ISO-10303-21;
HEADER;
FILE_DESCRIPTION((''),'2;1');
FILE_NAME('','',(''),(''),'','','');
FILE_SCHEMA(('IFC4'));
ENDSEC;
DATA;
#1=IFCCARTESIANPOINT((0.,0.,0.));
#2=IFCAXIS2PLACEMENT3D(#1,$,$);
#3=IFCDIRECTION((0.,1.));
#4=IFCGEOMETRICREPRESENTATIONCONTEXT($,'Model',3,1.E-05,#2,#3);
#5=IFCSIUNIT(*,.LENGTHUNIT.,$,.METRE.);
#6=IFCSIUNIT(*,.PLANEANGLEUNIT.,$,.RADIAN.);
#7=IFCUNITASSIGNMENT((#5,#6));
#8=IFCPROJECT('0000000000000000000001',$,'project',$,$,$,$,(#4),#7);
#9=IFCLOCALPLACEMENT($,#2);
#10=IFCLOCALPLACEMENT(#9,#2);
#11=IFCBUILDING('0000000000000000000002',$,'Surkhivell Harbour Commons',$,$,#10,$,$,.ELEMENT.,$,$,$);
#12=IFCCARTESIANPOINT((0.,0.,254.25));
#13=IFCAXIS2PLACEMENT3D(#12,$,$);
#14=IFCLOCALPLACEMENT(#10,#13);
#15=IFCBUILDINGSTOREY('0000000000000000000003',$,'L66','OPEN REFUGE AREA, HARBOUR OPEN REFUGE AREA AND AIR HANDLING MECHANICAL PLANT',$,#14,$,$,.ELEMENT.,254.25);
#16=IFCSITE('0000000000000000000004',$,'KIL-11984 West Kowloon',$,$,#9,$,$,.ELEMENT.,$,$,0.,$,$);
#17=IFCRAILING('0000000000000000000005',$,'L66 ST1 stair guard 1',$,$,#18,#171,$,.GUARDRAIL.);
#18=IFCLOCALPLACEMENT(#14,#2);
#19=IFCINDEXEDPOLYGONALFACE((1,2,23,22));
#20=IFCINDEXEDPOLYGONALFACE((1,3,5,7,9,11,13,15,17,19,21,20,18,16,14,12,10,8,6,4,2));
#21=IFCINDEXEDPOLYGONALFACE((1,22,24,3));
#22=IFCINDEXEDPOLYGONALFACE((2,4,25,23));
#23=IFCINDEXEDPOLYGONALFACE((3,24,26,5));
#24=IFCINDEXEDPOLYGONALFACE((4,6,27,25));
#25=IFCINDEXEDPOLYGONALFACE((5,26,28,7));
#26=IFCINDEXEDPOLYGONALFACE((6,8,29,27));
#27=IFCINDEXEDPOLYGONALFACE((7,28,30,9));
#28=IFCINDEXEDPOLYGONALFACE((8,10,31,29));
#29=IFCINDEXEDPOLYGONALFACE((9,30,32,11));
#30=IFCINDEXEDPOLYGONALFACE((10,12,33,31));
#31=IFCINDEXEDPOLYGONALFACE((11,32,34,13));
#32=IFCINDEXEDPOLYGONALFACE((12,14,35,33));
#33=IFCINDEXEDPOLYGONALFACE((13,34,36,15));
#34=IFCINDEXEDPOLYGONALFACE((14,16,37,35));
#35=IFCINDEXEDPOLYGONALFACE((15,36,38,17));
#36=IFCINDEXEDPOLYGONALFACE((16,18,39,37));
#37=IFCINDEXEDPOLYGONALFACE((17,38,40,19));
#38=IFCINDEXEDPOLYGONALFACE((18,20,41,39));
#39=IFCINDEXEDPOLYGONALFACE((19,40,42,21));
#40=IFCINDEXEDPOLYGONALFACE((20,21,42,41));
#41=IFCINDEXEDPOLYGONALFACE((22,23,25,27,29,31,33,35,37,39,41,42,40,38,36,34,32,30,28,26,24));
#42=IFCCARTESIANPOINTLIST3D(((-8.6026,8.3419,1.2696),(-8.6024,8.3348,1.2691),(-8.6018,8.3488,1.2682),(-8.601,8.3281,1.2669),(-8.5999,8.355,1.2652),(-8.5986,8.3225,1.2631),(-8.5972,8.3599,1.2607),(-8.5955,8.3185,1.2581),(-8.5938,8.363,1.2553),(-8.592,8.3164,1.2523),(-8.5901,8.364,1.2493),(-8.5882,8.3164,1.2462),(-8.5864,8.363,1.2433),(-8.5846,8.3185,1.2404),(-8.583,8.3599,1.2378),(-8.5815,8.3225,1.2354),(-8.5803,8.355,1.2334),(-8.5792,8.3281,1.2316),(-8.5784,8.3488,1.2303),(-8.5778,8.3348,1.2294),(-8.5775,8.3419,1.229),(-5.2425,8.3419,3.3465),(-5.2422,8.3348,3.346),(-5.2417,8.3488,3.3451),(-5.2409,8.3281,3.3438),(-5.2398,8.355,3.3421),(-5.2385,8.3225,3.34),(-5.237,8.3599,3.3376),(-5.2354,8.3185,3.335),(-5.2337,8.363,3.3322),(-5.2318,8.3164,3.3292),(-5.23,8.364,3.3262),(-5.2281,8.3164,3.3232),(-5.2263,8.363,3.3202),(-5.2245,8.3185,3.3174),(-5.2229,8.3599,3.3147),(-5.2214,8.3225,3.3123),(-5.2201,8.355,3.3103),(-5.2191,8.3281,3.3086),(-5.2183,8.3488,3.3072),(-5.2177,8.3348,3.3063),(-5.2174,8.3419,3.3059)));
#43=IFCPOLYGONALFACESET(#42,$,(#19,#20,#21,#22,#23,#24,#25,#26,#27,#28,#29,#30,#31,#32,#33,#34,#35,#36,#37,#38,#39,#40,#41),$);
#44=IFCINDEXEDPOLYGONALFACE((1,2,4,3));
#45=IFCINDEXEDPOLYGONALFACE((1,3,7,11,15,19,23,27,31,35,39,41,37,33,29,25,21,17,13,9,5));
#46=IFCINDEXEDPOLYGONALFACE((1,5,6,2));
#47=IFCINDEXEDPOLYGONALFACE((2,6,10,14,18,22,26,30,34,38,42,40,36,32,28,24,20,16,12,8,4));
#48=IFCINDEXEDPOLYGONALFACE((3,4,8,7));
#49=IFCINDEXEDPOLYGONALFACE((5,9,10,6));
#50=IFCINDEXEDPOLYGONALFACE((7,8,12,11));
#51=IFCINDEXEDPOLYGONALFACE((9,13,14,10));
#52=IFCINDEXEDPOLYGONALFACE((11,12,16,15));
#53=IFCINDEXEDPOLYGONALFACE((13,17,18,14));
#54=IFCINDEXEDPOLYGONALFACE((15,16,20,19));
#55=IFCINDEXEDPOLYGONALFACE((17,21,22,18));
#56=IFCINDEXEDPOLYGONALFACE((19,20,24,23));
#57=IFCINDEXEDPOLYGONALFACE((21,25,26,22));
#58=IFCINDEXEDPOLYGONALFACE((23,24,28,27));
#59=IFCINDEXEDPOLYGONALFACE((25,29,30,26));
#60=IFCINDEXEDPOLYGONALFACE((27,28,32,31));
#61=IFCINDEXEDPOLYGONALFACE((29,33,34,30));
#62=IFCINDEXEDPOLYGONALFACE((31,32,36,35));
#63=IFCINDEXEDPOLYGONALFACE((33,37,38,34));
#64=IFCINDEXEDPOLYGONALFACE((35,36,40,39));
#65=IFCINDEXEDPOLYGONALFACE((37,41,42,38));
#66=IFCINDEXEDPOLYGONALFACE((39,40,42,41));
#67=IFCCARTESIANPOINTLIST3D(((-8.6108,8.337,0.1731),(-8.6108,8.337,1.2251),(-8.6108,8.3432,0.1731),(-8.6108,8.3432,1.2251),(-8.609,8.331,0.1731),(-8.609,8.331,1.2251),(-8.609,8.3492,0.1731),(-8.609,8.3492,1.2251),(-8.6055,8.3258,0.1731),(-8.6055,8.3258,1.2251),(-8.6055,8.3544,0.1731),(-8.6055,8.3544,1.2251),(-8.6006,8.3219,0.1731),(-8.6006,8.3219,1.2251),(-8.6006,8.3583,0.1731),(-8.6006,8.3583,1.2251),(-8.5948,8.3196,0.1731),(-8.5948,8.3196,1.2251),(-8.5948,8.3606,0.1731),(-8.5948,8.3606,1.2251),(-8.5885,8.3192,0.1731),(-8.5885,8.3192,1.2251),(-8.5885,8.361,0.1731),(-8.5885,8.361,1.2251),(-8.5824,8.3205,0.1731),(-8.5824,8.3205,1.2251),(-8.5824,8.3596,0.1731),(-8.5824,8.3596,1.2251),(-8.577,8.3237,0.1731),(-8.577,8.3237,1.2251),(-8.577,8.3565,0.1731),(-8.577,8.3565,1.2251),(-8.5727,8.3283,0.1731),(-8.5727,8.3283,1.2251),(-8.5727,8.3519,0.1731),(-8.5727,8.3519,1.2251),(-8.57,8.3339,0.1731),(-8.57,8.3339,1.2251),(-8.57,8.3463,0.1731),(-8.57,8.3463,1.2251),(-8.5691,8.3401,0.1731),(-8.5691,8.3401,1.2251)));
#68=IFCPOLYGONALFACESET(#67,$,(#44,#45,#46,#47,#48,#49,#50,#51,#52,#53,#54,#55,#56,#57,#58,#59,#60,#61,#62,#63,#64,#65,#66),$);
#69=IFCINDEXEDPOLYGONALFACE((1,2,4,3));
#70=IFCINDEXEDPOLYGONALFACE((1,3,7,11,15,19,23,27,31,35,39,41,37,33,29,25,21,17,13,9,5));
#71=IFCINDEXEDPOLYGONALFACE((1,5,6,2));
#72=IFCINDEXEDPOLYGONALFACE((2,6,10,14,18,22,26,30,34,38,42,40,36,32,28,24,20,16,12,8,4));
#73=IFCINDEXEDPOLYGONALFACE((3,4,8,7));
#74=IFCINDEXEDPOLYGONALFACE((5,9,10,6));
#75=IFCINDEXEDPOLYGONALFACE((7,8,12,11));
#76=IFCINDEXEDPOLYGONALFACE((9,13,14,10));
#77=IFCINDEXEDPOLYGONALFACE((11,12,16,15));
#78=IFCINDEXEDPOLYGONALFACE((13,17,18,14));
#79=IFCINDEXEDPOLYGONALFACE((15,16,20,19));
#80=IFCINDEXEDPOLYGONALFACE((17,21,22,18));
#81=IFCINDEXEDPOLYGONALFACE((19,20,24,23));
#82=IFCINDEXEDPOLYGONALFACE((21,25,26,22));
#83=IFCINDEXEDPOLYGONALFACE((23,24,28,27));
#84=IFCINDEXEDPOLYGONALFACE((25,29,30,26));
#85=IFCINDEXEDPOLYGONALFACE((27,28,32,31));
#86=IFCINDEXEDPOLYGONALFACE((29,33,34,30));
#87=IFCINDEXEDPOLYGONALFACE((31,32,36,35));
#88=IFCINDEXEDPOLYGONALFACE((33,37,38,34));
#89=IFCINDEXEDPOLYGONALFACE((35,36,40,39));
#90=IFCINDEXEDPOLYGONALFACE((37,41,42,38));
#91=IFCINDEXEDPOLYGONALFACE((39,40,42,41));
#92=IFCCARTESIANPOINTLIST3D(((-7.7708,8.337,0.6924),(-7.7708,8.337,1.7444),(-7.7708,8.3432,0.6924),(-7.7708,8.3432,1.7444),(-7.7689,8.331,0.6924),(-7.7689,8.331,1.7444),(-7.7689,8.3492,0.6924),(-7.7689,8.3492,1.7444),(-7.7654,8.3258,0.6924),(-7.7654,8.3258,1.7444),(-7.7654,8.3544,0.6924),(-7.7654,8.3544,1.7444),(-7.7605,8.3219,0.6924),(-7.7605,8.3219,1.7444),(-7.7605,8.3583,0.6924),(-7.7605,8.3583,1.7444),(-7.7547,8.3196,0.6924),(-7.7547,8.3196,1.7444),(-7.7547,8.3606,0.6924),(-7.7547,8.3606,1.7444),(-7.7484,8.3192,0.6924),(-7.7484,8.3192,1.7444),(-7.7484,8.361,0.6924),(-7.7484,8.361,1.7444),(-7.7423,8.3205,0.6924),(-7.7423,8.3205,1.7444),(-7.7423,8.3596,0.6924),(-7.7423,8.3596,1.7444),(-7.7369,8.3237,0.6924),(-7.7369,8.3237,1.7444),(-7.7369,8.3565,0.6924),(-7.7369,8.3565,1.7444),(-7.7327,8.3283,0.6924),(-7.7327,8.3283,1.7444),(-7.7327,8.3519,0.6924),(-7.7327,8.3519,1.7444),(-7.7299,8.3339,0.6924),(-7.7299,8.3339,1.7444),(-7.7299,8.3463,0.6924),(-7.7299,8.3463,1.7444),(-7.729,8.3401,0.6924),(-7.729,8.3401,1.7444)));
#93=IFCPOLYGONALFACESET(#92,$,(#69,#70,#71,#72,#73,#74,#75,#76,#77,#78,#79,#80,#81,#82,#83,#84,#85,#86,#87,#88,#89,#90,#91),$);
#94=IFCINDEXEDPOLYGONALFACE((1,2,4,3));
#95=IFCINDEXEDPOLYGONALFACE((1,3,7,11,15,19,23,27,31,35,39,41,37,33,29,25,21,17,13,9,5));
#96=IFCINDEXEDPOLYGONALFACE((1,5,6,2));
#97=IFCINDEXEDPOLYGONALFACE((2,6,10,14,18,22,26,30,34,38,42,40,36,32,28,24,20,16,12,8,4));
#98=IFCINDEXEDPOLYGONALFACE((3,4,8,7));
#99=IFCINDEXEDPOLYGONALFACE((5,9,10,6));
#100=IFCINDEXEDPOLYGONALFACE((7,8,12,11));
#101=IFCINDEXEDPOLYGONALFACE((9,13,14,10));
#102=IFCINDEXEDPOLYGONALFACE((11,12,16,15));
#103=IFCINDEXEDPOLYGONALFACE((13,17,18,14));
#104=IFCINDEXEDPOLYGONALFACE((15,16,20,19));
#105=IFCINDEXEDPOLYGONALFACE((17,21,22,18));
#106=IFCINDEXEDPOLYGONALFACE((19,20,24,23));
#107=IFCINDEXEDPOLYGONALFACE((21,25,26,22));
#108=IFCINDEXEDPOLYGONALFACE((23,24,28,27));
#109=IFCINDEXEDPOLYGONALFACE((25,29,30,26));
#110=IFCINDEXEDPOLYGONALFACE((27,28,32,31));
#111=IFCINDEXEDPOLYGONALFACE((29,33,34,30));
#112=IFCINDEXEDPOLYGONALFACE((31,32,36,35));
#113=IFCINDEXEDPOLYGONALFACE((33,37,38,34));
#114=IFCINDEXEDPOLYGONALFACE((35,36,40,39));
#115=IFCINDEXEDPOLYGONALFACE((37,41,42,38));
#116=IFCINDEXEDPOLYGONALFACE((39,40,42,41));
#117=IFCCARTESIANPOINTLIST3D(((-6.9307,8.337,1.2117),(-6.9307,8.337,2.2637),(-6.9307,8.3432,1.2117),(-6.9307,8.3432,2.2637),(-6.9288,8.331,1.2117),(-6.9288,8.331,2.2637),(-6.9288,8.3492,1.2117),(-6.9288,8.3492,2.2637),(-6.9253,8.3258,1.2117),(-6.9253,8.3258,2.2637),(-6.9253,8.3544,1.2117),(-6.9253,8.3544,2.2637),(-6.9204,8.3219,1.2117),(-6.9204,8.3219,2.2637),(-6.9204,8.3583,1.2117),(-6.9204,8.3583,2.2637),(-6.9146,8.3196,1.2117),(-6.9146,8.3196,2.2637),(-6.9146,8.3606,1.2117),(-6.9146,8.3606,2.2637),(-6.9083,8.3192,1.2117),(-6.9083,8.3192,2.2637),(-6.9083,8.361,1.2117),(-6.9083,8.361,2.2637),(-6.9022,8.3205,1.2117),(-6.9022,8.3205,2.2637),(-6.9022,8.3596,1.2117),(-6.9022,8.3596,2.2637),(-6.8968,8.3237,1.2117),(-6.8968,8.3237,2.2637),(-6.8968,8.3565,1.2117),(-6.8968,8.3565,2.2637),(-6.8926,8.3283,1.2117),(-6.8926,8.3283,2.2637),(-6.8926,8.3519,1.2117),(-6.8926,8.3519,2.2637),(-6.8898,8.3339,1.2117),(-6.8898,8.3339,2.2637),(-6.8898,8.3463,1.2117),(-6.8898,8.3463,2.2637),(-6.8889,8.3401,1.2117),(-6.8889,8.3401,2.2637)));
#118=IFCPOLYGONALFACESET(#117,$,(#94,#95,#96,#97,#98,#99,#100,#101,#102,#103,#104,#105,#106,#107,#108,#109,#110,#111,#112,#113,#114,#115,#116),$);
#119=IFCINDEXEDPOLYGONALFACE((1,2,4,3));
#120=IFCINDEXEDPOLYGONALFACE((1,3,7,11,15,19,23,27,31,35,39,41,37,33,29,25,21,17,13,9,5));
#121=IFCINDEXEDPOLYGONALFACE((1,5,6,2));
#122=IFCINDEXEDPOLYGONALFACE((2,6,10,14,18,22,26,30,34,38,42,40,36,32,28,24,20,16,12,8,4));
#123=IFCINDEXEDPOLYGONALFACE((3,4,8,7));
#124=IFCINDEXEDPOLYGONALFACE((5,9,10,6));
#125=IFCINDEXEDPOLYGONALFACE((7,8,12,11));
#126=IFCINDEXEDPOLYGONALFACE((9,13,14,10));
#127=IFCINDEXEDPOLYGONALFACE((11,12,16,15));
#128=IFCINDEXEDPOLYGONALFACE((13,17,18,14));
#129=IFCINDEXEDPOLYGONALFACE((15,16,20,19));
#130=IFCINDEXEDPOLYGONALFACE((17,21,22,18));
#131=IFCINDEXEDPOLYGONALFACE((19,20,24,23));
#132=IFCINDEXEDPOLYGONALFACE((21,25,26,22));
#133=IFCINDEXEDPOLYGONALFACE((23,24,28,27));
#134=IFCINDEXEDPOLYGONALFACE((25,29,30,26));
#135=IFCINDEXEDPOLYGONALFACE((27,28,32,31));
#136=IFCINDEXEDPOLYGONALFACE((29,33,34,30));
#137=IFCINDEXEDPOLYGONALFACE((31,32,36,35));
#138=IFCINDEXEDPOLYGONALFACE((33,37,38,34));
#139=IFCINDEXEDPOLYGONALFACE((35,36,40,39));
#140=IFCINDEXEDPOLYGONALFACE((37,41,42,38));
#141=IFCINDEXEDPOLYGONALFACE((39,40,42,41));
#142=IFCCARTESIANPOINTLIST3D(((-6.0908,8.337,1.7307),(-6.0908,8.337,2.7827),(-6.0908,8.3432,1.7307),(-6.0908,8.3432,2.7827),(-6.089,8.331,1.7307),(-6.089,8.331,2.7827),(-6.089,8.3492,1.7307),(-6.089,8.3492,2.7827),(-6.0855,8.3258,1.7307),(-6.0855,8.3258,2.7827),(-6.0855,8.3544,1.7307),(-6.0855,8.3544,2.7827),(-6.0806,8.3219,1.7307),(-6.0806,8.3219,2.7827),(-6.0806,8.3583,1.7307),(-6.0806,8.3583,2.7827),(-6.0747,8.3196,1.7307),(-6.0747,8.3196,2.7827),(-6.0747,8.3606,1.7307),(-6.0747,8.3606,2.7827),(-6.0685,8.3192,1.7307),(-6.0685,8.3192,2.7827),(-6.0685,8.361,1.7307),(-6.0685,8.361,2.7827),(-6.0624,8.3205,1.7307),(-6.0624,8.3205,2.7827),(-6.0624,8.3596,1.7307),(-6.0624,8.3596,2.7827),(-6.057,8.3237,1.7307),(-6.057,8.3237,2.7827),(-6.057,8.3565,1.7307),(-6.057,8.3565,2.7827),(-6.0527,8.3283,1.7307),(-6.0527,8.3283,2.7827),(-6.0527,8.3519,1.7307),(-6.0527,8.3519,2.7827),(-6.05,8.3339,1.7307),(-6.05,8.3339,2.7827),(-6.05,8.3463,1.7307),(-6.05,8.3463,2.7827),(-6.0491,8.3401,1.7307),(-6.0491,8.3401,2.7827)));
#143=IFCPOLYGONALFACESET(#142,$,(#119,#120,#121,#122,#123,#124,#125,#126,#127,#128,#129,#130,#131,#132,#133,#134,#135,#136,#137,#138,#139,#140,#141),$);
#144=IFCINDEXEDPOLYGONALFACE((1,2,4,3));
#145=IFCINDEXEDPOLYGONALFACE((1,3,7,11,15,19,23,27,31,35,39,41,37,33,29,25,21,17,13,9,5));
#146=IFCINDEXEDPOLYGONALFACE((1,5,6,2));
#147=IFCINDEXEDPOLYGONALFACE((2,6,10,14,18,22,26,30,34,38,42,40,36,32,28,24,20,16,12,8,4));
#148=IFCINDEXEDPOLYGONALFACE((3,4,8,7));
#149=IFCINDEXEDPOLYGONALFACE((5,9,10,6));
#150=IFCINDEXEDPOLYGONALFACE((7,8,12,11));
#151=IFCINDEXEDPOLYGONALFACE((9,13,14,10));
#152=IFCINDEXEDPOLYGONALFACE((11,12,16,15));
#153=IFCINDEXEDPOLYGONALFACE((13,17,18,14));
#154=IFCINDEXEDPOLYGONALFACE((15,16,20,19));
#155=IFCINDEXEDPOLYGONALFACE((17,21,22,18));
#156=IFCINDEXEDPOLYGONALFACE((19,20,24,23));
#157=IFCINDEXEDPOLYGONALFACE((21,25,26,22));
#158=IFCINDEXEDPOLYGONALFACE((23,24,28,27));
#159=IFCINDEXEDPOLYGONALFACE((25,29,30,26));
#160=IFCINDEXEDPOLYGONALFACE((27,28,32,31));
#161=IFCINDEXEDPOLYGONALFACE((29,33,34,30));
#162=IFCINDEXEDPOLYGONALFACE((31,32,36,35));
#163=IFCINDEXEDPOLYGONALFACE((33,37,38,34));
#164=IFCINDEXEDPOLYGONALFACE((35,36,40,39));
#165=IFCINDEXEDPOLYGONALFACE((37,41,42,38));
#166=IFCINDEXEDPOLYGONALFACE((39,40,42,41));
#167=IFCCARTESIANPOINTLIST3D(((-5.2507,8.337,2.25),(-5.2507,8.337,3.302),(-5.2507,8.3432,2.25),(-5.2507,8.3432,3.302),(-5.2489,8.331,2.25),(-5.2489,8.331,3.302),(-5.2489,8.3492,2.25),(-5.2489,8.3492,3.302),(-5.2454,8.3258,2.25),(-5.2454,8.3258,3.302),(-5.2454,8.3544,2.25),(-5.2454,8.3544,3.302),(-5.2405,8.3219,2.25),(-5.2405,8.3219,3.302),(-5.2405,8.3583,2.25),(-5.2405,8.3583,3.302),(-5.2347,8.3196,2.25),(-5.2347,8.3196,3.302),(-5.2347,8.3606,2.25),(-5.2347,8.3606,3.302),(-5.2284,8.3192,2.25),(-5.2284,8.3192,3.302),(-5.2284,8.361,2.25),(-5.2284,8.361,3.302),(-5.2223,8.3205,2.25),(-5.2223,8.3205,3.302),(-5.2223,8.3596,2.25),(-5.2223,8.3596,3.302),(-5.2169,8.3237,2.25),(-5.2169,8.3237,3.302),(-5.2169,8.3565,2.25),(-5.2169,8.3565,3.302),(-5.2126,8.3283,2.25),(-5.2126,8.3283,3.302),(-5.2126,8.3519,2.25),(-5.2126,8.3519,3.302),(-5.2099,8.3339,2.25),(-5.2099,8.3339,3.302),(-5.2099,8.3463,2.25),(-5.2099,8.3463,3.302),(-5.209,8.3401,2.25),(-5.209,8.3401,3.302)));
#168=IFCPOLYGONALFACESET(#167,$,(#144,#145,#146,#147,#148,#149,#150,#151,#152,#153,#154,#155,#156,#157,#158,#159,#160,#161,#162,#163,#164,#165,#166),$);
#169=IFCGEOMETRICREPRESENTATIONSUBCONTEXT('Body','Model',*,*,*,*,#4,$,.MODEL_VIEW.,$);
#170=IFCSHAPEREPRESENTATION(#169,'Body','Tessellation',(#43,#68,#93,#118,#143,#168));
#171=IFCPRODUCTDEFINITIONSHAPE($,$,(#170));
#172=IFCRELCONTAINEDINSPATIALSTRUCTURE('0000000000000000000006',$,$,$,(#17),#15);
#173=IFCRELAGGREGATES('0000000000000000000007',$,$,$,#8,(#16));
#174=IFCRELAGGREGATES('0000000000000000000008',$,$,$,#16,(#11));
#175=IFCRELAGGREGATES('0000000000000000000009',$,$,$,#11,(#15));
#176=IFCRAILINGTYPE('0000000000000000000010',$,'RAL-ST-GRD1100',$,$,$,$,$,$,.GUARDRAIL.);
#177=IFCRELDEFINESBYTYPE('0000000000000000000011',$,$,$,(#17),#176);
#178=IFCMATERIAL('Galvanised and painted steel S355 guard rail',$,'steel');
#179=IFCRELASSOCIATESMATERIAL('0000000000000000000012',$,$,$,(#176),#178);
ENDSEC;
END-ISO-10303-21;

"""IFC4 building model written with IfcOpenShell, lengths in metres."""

from ifc_helpers import new_model, si_unit, direction, frame, origin, origin_2d, place, context, subcontext, project, spatial, circle, extrude, material, type_object, element, save


model = new_model("IFC4")

# Units and contexts
model_context = context("Model", 3, precision=1e-05, world=origin(), true_north=direction((0.0, 1.0)))
body_context = subcontext(model_context, "Body", "Model", "MODEL_VIEW")
ifc_project = project(units=[si_unit("LENGTHUNIT", "METRE"), si_unit("PLANEANGLEUNIT", "RADIAN")], contexts=[model_context])

# Site, building, storey
site_placement = place(None, origin())
site = spatial("IfcSite", under=ifc_project, at=site_placement, Name="KIL-11984 West Kowloon", CompositionType="ELEMENT", RefElevation=0.0)
building_placement = place(site_placement, origin())
building = spatial("IfcBuilding", under=site, at=building_placement, Name="Surkhivell Harbour Commons", CompositionType="ELEMENT")
storey_placement = place(building_placement, frame((0.0, 0.0, 254.25)))
storey = spatial("IfcBuildingStorey", under=building, at=storey_placement, Name="L66", Description="OPEN REFUGE AREA, HARBOUR OPEN REFUGE AREA AND AIR HANDLING MECHANICAL PLANT", CompositionType="ELEMENT", Elevation=254.25)

# Railing
ifc_material_1 = material(Name="Galvanised and painted steel S355 guard rail", Category="steel")
railing_type_1 = type_object("IfcRailingType", Name="RAL-ST-GRD1100", PredefinedType="GUARDRAIL", material=ifc_material_1)
railing_1_placement = place(storey_placement, frame((-8.5901, 8.3401, 0.1731)))
element("IfcRailing", 1, at=railing_1_placement, inside=storey, type_object=railing_type_1, Name="L66 ST1 stair guard 1", PredefinedType="GUARDRAIL", context=body_context, shape_type="SweptSolid", body=[
    extrude(circle(Radius=0.0239, at=origin_2d()), frame((0.0, 0.0, 1.0762), z_axis=(0.850623, 0.0, 0.525776), x_axis=(0.0, 1.0, 0.0)), (0.0, 0.0, 1.0), 3.9502),
    extrude(circle(Radius=0.021, at=origin_2d()), origin(), (0.0, 0.0, 1.0), 1.052),
    extrude(circle(Radius=0.021, at=origin_2d()), frame((0.8401, 0.0, 0.5193)), (0.0, 0.0, 1.0), 1.052),
    extrude(circle(Radius=0.021, at=origin_2d()), frame((1.6802, 0.0, 1.0386)), (0.0, 0.0, 1.0), 1.052),
    extrude(circle(Radius=0.021, at=origin_2d()), frame((2.52, 0.0, 1.5576)), (0.0, 0.0, 1.0), 1.052),
    extrude(circle(Radius=0.021, at=origin_2d()), frame((3.3601, 0.0, 2.0769)), (0.0, 0.0, 1.0), 1.052),
])

save(model, "model.ifc")
